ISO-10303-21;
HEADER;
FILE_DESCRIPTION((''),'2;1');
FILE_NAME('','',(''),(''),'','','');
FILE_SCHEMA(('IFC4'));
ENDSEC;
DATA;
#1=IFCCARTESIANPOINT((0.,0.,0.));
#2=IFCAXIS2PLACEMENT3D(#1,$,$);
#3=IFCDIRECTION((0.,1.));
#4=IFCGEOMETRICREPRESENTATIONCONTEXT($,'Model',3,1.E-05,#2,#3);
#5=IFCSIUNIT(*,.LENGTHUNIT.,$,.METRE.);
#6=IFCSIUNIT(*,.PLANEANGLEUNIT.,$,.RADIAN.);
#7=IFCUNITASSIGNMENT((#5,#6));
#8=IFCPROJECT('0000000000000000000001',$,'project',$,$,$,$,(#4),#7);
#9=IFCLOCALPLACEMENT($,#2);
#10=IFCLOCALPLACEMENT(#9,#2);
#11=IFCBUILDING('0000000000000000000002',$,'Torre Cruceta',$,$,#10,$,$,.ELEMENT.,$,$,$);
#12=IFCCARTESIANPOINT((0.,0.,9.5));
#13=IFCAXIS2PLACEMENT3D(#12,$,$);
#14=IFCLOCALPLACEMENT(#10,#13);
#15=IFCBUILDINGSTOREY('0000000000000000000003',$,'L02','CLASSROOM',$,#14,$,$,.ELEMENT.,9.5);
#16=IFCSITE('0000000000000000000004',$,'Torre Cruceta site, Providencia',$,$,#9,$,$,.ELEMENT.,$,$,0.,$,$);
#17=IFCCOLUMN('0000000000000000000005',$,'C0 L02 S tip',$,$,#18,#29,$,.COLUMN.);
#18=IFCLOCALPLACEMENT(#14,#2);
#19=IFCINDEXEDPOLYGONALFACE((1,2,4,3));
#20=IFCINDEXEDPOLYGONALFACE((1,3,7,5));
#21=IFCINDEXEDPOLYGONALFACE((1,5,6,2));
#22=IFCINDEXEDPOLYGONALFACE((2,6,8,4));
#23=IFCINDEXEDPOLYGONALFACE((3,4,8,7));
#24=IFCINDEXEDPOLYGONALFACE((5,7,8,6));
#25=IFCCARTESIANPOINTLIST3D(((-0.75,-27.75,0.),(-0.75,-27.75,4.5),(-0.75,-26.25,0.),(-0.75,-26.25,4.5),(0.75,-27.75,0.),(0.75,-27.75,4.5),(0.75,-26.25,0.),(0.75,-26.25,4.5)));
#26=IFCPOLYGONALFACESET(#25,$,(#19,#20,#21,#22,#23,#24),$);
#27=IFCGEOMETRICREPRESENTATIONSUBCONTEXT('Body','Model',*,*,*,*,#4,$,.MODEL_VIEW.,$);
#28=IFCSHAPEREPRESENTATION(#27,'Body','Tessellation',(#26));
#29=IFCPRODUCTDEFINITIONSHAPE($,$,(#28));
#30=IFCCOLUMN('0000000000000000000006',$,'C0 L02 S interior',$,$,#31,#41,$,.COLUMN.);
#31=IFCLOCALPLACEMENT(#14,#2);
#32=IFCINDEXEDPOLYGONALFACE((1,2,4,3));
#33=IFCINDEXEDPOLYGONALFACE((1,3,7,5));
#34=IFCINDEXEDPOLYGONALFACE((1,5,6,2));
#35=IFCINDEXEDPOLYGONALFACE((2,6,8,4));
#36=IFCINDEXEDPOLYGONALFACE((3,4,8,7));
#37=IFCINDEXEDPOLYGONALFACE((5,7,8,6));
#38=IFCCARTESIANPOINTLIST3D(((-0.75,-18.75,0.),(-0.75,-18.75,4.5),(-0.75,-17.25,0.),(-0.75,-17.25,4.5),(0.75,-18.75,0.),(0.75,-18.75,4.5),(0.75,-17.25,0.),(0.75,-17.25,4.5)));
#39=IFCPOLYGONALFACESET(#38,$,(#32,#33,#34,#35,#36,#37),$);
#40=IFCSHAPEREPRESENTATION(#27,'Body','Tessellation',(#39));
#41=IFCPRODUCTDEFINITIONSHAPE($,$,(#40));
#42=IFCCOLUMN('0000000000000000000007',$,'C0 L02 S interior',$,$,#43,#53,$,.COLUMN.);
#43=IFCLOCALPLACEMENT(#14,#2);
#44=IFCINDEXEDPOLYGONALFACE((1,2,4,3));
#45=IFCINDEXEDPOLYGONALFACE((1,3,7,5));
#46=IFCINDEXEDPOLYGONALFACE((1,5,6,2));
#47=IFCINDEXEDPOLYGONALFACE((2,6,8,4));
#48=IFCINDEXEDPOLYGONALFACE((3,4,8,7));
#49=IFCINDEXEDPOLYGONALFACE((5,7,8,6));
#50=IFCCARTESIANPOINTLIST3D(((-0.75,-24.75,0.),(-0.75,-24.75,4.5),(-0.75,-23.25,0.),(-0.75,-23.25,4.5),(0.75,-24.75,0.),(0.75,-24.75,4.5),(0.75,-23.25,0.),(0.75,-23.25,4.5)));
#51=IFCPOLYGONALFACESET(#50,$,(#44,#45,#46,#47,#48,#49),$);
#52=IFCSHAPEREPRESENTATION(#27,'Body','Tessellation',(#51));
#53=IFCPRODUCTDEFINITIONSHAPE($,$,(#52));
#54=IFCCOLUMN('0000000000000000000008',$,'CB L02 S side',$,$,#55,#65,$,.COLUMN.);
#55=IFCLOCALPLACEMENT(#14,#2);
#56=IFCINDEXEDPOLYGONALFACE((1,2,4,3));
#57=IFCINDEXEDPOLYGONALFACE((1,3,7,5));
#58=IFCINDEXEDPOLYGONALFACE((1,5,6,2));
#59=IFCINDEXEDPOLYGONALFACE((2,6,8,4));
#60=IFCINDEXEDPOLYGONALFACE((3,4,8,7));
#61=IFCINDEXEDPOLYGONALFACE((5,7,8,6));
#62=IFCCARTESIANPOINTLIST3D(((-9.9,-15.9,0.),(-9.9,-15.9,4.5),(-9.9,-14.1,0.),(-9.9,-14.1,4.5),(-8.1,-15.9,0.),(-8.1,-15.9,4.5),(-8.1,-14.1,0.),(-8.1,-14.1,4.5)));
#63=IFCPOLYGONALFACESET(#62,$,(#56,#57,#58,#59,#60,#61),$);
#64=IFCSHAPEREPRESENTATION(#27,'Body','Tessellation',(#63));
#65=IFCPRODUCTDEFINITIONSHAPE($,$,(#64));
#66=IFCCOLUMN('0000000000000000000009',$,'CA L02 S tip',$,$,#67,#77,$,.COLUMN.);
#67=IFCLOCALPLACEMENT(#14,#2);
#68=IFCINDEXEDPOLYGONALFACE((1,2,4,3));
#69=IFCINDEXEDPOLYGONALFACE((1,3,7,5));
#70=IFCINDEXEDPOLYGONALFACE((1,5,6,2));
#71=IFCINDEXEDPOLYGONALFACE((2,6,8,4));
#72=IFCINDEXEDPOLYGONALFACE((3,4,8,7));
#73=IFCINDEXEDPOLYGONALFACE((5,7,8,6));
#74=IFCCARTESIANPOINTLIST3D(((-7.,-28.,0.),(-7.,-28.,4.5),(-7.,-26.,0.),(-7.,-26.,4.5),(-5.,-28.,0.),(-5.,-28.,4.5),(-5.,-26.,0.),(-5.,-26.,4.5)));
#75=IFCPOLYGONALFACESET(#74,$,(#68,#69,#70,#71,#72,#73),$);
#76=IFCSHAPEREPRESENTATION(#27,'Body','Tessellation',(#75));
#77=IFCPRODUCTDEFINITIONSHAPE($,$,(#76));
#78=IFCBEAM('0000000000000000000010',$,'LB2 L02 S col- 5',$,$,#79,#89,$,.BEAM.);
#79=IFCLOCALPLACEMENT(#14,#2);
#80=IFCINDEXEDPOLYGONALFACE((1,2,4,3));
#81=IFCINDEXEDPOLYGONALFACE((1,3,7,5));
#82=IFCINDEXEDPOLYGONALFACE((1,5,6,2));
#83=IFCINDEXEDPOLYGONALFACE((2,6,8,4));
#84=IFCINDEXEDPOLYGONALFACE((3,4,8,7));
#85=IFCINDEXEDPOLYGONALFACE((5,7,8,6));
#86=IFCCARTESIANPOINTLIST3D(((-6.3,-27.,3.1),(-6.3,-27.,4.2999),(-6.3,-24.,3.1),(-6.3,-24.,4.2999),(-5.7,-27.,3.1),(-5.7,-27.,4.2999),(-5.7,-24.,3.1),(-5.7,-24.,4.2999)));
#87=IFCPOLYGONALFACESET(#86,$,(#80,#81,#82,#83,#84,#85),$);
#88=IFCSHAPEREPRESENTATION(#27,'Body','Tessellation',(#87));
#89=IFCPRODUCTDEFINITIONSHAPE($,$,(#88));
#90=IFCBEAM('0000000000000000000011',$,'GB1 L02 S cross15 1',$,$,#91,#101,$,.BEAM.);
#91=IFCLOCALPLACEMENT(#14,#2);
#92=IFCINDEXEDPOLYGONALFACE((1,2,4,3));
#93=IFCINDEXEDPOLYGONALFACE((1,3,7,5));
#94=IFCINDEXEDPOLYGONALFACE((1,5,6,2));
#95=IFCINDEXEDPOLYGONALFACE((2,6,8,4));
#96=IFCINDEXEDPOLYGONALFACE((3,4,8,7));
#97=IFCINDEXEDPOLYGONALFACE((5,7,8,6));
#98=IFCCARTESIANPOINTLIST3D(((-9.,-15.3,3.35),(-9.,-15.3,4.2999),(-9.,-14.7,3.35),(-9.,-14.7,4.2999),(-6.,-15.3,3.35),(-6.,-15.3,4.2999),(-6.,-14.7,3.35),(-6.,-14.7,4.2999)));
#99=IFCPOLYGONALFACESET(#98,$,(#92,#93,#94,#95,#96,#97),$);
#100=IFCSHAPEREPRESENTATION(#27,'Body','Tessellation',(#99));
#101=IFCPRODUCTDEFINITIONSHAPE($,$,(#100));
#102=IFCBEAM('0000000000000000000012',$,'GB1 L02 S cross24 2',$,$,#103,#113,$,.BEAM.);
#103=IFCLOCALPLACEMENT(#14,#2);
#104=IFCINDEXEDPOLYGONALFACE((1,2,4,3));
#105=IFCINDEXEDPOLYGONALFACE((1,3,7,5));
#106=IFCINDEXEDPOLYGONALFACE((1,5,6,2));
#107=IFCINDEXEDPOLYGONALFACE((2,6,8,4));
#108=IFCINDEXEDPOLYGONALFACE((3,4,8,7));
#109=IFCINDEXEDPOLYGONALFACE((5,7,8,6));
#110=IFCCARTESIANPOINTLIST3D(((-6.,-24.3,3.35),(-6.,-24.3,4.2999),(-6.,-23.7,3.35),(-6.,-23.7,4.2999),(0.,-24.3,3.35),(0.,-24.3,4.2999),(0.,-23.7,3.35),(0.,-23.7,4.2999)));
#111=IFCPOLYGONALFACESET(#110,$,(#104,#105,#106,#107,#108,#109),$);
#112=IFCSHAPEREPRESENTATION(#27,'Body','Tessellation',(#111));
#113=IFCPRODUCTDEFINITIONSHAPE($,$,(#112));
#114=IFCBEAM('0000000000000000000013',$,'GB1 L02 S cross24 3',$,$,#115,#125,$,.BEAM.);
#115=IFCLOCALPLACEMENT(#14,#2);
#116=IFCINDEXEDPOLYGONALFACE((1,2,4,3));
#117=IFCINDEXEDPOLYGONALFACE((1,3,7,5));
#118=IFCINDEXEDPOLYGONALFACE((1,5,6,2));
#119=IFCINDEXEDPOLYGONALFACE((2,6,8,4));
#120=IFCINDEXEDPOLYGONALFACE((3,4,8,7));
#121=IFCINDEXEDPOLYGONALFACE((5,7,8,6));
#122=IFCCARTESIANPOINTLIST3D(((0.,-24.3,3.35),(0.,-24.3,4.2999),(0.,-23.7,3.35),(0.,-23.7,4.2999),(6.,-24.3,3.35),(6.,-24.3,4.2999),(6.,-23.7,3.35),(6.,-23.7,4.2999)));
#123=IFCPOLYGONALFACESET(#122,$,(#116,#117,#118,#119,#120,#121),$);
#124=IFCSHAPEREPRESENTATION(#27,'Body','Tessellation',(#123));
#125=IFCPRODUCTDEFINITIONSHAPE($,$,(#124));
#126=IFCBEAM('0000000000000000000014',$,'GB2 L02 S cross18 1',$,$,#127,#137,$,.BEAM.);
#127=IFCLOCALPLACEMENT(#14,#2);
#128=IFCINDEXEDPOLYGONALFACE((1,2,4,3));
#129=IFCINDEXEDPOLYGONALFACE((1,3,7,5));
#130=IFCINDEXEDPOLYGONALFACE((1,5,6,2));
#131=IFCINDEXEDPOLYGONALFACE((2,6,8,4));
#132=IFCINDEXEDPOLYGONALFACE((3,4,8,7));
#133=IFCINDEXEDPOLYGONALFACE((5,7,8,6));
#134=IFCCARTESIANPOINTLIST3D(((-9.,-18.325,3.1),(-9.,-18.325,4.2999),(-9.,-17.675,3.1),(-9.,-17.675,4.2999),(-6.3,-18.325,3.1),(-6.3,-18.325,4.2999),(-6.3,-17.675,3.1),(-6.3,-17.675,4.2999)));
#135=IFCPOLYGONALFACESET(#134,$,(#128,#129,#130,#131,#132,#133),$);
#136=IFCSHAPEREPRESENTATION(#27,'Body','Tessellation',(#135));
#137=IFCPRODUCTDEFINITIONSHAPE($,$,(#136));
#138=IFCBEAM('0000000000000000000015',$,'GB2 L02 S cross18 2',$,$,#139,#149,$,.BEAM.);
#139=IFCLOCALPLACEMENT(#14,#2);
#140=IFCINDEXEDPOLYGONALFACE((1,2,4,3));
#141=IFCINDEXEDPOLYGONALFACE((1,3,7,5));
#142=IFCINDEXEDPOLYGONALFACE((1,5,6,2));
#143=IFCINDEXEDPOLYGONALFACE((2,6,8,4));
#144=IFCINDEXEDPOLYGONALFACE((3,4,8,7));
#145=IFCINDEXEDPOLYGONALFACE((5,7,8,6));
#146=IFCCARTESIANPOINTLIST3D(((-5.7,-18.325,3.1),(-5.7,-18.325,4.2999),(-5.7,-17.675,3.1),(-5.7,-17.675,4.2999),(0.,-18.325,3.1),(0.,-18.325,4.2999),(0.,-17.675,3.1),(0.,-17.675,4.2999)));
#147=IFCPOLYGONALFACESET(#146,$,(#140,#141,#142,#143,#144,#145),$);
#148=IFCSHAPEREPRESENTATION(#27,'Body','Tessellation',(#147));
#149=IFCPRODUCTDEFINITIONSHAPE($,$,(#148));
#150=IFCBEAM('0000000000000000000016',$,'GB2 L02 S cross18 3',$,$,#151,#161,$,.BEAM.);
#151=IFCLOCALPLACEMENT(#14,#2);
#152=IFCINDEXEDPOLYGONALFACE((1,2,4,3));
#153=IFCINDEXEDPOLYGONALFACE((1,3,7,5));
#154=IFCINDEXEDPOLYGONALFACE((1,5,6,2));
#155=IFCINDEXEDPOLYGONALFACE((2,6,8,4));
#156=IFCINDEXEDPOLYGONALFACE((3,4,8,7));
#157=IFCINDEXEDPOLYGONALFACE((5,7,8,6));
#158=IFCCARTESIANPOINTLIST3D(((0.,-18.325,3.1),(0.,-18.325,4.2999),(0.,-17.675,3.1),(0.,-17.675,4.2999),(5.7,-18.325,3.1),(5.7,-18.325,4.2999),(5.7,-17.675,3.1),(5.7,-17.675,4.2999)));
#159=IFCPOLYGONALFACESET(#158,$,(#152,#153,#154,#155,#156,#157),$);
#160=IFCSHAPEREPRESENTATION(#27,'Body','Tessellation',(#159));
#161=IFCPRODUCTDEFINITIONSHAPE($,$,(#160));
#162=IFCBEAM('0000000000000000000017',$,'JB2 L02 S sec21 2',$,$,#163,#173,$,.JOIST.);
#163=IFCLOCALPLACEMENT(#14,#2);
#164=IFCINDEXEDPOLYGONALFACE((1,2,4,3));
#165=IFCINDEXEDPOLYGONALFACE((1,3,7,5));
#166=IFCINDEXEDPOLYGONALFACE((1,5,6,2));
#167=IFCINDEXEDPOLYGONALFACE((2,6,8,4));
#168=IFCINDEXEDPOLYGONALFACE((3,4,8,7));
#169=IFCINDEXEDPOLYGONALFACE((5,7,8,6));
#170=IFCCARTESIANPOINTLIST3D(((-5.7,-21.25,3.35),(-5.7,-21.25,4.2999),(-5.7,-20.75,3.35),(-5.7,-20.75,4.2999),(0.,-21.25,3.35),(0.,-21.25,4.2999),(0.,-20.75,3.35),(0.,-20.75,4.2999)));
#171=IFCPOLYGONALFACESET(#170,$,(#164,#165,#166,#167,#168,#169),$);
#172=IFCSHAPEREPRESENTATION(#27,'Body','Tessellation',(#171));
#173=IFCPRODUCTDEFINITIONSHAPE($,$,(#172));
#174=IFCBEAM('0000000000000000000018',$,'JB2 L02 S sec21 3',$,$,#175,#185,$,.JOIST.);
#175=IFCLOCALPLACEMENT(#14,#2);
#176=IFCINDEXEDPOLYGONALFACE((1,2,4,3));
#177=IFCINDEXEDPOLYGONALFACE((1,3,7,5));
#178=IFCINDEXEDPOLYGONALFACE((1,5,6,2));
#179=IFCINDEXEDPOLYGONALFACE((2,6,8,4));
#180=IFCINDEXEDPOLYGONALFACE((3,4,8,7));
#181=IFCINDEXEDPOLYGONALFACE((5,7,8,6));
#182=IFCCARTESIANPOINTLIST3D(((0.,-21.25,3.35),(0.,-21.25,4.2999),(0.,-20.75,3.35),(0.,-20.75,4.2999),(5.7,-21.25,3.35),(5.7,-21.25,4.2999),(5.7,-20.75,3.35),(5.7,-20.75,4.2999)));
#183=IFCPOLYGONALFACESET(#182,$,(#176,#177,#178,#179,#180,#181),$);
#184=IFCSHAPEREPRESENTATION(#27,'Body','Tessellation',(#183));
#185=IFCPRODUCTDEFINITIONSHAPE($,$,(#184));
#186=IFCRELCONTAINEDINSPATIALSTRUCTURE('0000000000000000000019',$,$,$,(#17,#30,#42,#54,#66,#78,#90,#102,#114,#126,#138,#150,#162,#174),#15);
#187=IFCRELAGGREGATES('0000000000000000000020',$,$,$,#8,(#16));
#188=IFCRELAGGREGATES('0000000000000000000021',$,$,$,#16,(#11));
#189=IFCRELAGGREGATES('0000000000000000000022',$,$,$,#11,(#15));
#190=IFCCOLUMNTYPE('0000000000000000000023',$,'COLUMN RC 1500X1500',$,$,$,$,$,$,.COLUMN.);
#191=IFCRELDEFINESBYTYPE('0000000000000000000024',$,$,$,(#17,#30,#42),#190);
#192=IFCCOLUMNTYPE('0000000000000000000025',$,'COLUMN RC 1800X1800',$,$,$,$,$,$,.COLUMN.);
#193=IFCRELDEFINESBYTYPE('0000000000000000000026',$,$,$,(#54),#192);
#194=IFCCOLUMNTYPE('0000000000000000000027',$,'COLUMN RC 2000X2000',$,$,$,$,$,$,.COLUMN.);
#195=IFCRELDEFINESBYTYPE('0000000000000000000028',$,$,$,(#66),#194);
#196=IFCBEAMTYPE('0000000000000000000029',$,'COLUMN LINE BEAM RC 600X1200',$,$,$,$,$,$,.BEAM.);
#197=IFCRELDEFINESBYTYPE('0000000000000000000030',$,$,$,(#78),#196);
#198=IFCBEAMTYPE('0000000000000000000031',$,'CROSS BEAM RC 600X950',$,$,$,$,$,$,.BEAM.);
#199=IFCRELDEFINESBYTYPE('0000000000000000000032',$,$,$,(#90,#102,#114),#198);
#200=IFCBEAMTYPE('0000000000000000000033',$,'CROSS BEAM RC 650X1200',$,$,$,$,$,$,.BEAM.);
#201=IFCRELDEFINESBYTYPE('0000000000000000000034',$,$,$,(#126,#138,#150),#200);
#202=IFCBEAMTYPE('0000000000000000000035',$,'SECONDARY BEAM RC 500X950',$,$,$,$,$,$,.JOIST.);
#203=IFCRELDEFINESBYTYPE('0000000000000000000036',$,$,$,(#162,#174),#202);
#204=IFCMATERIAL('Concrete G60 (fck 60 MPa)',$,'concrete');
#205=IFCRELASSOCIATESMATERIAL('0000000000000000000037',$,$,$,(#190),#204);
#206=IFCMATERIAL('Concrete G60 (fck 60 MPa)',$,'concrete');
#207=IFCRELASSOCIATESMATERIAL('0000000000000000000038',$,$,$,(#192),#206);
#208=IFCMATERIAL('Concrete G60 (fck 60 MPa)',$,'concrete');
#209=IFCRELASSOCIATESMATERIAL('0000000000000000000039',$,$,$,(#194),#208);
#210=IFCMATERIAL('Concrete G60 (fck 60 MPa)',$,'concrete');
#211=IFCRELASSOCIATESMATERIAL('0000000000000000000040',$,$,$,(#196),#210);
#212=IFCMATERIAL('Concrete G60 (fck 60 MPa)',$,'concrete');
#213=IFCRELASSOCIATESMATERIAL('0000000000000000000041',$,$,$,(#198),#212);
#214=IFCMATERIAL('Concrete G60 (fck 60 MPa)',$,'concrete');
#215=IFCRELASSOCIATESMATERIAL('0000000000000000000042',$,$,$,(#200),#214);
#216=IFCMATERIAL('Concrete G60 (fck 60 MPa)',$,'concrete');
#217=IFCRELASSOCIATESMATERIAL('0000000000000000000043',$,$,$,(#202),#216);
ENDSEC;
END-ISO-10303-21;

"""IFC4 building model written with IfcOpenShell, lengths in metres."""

from ifc_helpers import new_model, si_unit, direction, frame, origin, origin_2d, place, context, subcontext, project, spatial, rectangle, extrude, material, material_profile, profile_set, type_object, element, save


model = new_model("IFC4")

# Units and contexts
model_context = context("Model", 3, precision=1e-05, world=origin(), true_north=direction((0.0, 1.0)))
body_context = subcontext(model_context, "Body", "Model", "MODEL_VIEW")
ifc_project = project(units=[si_unit("LENGTHUNIT", "METRE"), si_unit("PLANEANGLEUNIT", "RADIAN")], contexts=[model_context])

# Site, building, storey
site_placement = place(None, origin())
site = spatial("IfcSite", under=ifc_project, at=site_placement, Name="Torre Cruceta site, Providencia", CompositionType="ELEMENT", RefElevation=0.0)
building_placement = place(site_placement, origin())
building = spatial("IfcBuilding", under=site, at=building_placement, Name="Torre Cruceta", CompositionType="ELEMENT")
storey_placement = place(building_placement, frame((0.0, 0.0, 9.5)))
storey = spatial("IfcBuildingStorey", under=building, at=storey_placement, Name="L02", Description="CLASSROOM", CompositionType="ELEMENT", Elevation=9.5)

# Columns
ifc_material_1 = material(Name="Concrete G60 (fck 60 MPa)", Category="concrete")
ifc_material_profile_1 = material_profile(ifc_material_1, rectangle(XDim=1.5, YDim=1.5, at=origin_2d()), Name="RC 1500X1500")
ifc_profile_set_1 = profile_set([ifc_material_profile_1], Name="Concrete G60 (fck 60 MPa)")
column_type_1 = type_object("IfcColumnType", Name="COLUMN RC 1500X1500", PredefinedType="COLUMN", material=ifc_profile_set_1)
for number, where, z_axis, x_axis, name in (
    (1, (0.0, -27.0, 0.0), (0.0, 0.0, 1.0), (1.0, 0.0, 0.0), "C0 L02 S tip"),
    (2, (0.0, -18.0, 0.0), (0.0, 0.0, 1.0), (1.0, 0.0, 0.0), "C0 L02 S interior"),
    (3, (0.0, -24.0, 0.0), (0.0, 0.0, 1.0), (1.0, 0.0, 0.0), "C0 L02 S interior"),
):
    element("IfcColumn", number, at=place(storey_placement, frame(where, z_axis=z_axis, x_axis=x_axis)), inside=storey, type_object=column_type_1, Name=name, PredefinedType="COLUMN", context=body_context, shape_type="SweptSolid", body=[
        extrude(rectangle(XDim=1.5, YDim=1.5, at=origin_2d()), origin(), (0.0, 0.0, 1.0), 4.5),
    ])
ifc_material_2 = material(Name="Concrete G60 (fck 60 MPa)", Category="concrete")
ifc_material_profile_2 = material_profile(ifc_material_2, rectangle(XDim=1.8, YDim=1.8, at=origin_2d()), Name="RC 1800X1800")
ifc_profile_set_2 = profile_set([ifc_material_profile_2], Name="Concrete G60 (fck 60 MPa)")
column_type_2 = type_object("IfcColumnType", Name="COLUMN RC 1800X1800", PredefinedType="COLUMN", material=ifc_profile_set_2)
column_1_placement = place(storey_placement, frame((-9.0, -15.0, 0.0), z_axis=(0.0, 0.0, 1.0), x_axis=(1.0, 0.0, 0.0)))
element("IfcColumn", 4, at=column_1_placement, inside=storey, type_object=column_type_2, Name="CB L02 S side", PredefinedType="COLUMN", context=body_context, shape_type="SweptSolid", body=[
    extrude(rectangle(XDim=1.8, YDim=1.8, at=origin_2d()), origin(), (0.0, 0.0, 1.0), 4.5),
])
ifc_material_3 = material(Name="Concrete G60 (fck 60 MPa)", Category="concrete")
ifc_material_profile_3 = material_profile(ifc_material_3, rectangle(XDim=2.0, YDim=2.0, at=origin_2d()), Name="RC 2000X2000")
ifc_profile_set_3 = profile_set([ifc_material_profile_3], Name="Concrete G60 (fck 60 MPa)")
column_type_3 = type_object("IfcColumnType", Name="COLUMN RC 2000X2000", PredefinedType="COLUMN", material=ifc_profile_set_3)
column_2_placement = place(storey_placement, frame((-6.0, -27.0, 0.0), z_axis=(0.0, 0.0, 1.0), x_axis=(1.0, 0.0, 0.0)))
element("IfcColumn", 5, at=column_2_placement, inside=storey, type_object=column_type_3, Name="CA L02 S tip", PredefinedType="COLUMN", context=body_context, shape_type="SweptSolid", body=[
    extrude(rectangle(XDim=2.0, YDim=2.0, at=origin_2d()), origin(), (0.0, 0.0, 1.0), 4.5),
])

# Beams
ifc_material_4 = material(Name="Concrete G60 (fck 60 MPa)", Category="concrete")
ifc_material_profile_4 = material_profile(ifc_material_4, rectangle(XDim=0.6001, YDim=1.2, at=origin_2d()), Name="RC 600X1200")
ifc_profile_set_4 = profile_set([ifc_material_profile_4], Name="Concrete G60 (fck 60 MPa)")
beam_type_1 = type_object("IfcBeamType", Name="COLUMN LINE BEAM RC 600X1200", PredefinedType="BEAM", material=ifc_profile_set_4)
beam_1_placement = place(storey_placement, frame((-6.0, -24.0, 3.7), z_axis=(0.0, -1.0, 0.0), x_axis=(1.0, 0.0, 0.0)))
element("IfcBeam", 6, at=beam_1_placement, inside=storey, type_object=beam_type_1, Name="LB2 L02 S col- 5", PredefinedType="BEAM", context=body_context, shape_type="SweptSolid", body=[
    extrude(rectangle(XDim=0.6001, YDim=1.2, at=origin_2d()), origin(), (0.0, 0.0, 1.0), 3.0),
])
ifc_material_5 = material(Name="Concrete G60 (fck 60 MPa)", Category="concrete")
ifc_material_profile_5 = material_profile(ifc_material_5, rectangle(XDim=0.6001, YDim=0.95, at=origin_2d()), Name="RC 600X950")
ifc_profile_set_5 = profile_set([ifc_material_profile_5], Name="Concrete G60 (fck 60 MPa)")
beam_type_2 = type_object("IfcBeamType", Name="CROSS BEAM RC 600X950", PredefinedType="BEAM", material=ifc_profile_set_5)
beam_2_placement = place(storey_placement, frame((-9.0, -15.0, 3.825), z_axis=(1.0, 0.0, 0.0), x_axis=(0.0, 1.0, 0.0)))
element("IfcBeam", 7, at=beam_2_placement, inside=storey, type_object=beam_type_2, Name="GB1 L02 S cross15 1", PredefinedType="BEAM", context=body_context, shape_type="SweptSolid", body=[
    extrude(rectangle(XDim=0.6001, YDim=0.95, at=origin_2d()), origin(), (0.0, 0.0, 1.0), 3.0),
])
for number, where, z_axis, x_axis, name in (
    (8, (-6.0, -24.0, 3.825), (1.0, 0.0, 0.0), (0.0, 1.0, 0.0), "GB1 L02 S cross24 2"),
    (9, (0.0, -24.0, 3.825), (1.0, 0.0, 0.0), (0.0, 1.0, 0.0), "GB1 L02 S cross24 3"),
):
    element("IfcBeam", number, at=place(storey_placement, frame(where, z_axis=z_axis, x_axis=x_axis)), inside=storey, type_object=beam_type_2, Name=name, PredefinedType="BEAM", context=body_context, shape_type="SweptSolid", body=[
        extrude(rectangle(XDim=0.6001, YDim=0.95, at=origin_2d()), origin(), (0.0, 0.0, 1.0), 6.0),
    ])
ifc_material_6 = material(Name="Concrete G60 (fck 60 MPa)", Category="concrete")
ifc_material_profile_6 = material_profile(ifc_material_6, rectangle(XDim=0.6499, YDim=1.2, at=origin_2d()), Name="RC 650X1200")
ifc_profile_set_6 = profile_set([ifc_material_profile_6], Name="Concrete G60 (fck 60 MPa)")
beam_type_3 = type_object("IfcBeamType", Name="CROSS BEAM RC 650X1200", PredefinedType="BEAM", material=ifc_profile_set_6)
beam_3_placement = place(storey_placement, frame((-9.0, -18.0, 3.7), z_axis=(1.0, 0.0, 0.0), x_axis=(0.0, 1.0, 0.0)))
element("IfcBeam", 10, at=beam_3_placement, inside=storey, type_object=beam_type_3, Name="GB2 L02 S cross18 1", PredefinedType="BEAM", context=body_context, shape_type="SweptSolid", body=[
    extrude(rectangle(XDim=0.6499, YDim=1.2, at=origin_2d()), origin(), (0.0, 0.0, 1.0), 2.7),
])
for number, where, z_axis, x_axis, name in (
    (11, (-5.7, -18.0, 3.7), (1.0, 0.0, 0.0), (0.0, 1.0, 0.0), "GB2 L02 S cross18 2"),
    (12, (0.0, -18.0, 3.7), (1.0, 0.0, 0.0), (0.0, 1.0, 0.0), "GB2 L02 S cross18 3"),
):
    element("IfcBeam", number, at=place(storey_placement, frame(where, z_axis=z_axis, x_axis=x_axis)), inside=storey, type_object=beam_type_3, Name=name, PredefinedType="BEAM", context=body_context, shape_type="SweptSolid", body=[
        extrude(rectangle(XDim=0.6499, YDim=1.2, at=origin_2d()), origin(), (0.0, 0.0, 1.0), 5.7),
    ])
ifc_material_7 = material(Name="Concrete G60 (fck 60 MPa)", Category="concrete")
ifc_material_profile_7 = material_profile(ifc_material_7, rectangle(XDim=0.5, YDim=0.95, at=origin_2d()), Name="RC 500X950")
ifc_profile_set_7 = profile_set([ifc_material_profile_7], Name="Concrete G60 (fck 60 MPa)")
beam_type_4 = type_object("IfcBeamType", Name="SECONDARY BEAM RC 500X950", PredefinedType="JOIST", material=ifc_profile_set_7)
for number, where, z_axis, x_axis, name in (
    (13, (-5.7, -21.0, 3.825), (1.0, 0.0, 0.0), (0.0, 1.0, 0.0), "JB2 L02 S sec21 2"),
    (14, (0.0, -21.0, 3.825), (1.0, 0.0, 0.0), (0.0, 1.0, 0.0), "JB2 L02 S sec21 3"),
):
    element("IfcBeam", number, at=place(storey_placement, frame(where, z_axis=z_axis, x_axis=x_axis)), inside=storey, type_object=beam_type_4, Name=name, PredefinedType="JOIST", context=body_context, shape_type="SweptSolid", body=[
        extrude(rectangle(XDim=0.5, YDim=0.95, at=origin_2d()), origin(), (0.0, 0.0, 1.0), 5.7),
    ])

save(model, "model.ifc")
